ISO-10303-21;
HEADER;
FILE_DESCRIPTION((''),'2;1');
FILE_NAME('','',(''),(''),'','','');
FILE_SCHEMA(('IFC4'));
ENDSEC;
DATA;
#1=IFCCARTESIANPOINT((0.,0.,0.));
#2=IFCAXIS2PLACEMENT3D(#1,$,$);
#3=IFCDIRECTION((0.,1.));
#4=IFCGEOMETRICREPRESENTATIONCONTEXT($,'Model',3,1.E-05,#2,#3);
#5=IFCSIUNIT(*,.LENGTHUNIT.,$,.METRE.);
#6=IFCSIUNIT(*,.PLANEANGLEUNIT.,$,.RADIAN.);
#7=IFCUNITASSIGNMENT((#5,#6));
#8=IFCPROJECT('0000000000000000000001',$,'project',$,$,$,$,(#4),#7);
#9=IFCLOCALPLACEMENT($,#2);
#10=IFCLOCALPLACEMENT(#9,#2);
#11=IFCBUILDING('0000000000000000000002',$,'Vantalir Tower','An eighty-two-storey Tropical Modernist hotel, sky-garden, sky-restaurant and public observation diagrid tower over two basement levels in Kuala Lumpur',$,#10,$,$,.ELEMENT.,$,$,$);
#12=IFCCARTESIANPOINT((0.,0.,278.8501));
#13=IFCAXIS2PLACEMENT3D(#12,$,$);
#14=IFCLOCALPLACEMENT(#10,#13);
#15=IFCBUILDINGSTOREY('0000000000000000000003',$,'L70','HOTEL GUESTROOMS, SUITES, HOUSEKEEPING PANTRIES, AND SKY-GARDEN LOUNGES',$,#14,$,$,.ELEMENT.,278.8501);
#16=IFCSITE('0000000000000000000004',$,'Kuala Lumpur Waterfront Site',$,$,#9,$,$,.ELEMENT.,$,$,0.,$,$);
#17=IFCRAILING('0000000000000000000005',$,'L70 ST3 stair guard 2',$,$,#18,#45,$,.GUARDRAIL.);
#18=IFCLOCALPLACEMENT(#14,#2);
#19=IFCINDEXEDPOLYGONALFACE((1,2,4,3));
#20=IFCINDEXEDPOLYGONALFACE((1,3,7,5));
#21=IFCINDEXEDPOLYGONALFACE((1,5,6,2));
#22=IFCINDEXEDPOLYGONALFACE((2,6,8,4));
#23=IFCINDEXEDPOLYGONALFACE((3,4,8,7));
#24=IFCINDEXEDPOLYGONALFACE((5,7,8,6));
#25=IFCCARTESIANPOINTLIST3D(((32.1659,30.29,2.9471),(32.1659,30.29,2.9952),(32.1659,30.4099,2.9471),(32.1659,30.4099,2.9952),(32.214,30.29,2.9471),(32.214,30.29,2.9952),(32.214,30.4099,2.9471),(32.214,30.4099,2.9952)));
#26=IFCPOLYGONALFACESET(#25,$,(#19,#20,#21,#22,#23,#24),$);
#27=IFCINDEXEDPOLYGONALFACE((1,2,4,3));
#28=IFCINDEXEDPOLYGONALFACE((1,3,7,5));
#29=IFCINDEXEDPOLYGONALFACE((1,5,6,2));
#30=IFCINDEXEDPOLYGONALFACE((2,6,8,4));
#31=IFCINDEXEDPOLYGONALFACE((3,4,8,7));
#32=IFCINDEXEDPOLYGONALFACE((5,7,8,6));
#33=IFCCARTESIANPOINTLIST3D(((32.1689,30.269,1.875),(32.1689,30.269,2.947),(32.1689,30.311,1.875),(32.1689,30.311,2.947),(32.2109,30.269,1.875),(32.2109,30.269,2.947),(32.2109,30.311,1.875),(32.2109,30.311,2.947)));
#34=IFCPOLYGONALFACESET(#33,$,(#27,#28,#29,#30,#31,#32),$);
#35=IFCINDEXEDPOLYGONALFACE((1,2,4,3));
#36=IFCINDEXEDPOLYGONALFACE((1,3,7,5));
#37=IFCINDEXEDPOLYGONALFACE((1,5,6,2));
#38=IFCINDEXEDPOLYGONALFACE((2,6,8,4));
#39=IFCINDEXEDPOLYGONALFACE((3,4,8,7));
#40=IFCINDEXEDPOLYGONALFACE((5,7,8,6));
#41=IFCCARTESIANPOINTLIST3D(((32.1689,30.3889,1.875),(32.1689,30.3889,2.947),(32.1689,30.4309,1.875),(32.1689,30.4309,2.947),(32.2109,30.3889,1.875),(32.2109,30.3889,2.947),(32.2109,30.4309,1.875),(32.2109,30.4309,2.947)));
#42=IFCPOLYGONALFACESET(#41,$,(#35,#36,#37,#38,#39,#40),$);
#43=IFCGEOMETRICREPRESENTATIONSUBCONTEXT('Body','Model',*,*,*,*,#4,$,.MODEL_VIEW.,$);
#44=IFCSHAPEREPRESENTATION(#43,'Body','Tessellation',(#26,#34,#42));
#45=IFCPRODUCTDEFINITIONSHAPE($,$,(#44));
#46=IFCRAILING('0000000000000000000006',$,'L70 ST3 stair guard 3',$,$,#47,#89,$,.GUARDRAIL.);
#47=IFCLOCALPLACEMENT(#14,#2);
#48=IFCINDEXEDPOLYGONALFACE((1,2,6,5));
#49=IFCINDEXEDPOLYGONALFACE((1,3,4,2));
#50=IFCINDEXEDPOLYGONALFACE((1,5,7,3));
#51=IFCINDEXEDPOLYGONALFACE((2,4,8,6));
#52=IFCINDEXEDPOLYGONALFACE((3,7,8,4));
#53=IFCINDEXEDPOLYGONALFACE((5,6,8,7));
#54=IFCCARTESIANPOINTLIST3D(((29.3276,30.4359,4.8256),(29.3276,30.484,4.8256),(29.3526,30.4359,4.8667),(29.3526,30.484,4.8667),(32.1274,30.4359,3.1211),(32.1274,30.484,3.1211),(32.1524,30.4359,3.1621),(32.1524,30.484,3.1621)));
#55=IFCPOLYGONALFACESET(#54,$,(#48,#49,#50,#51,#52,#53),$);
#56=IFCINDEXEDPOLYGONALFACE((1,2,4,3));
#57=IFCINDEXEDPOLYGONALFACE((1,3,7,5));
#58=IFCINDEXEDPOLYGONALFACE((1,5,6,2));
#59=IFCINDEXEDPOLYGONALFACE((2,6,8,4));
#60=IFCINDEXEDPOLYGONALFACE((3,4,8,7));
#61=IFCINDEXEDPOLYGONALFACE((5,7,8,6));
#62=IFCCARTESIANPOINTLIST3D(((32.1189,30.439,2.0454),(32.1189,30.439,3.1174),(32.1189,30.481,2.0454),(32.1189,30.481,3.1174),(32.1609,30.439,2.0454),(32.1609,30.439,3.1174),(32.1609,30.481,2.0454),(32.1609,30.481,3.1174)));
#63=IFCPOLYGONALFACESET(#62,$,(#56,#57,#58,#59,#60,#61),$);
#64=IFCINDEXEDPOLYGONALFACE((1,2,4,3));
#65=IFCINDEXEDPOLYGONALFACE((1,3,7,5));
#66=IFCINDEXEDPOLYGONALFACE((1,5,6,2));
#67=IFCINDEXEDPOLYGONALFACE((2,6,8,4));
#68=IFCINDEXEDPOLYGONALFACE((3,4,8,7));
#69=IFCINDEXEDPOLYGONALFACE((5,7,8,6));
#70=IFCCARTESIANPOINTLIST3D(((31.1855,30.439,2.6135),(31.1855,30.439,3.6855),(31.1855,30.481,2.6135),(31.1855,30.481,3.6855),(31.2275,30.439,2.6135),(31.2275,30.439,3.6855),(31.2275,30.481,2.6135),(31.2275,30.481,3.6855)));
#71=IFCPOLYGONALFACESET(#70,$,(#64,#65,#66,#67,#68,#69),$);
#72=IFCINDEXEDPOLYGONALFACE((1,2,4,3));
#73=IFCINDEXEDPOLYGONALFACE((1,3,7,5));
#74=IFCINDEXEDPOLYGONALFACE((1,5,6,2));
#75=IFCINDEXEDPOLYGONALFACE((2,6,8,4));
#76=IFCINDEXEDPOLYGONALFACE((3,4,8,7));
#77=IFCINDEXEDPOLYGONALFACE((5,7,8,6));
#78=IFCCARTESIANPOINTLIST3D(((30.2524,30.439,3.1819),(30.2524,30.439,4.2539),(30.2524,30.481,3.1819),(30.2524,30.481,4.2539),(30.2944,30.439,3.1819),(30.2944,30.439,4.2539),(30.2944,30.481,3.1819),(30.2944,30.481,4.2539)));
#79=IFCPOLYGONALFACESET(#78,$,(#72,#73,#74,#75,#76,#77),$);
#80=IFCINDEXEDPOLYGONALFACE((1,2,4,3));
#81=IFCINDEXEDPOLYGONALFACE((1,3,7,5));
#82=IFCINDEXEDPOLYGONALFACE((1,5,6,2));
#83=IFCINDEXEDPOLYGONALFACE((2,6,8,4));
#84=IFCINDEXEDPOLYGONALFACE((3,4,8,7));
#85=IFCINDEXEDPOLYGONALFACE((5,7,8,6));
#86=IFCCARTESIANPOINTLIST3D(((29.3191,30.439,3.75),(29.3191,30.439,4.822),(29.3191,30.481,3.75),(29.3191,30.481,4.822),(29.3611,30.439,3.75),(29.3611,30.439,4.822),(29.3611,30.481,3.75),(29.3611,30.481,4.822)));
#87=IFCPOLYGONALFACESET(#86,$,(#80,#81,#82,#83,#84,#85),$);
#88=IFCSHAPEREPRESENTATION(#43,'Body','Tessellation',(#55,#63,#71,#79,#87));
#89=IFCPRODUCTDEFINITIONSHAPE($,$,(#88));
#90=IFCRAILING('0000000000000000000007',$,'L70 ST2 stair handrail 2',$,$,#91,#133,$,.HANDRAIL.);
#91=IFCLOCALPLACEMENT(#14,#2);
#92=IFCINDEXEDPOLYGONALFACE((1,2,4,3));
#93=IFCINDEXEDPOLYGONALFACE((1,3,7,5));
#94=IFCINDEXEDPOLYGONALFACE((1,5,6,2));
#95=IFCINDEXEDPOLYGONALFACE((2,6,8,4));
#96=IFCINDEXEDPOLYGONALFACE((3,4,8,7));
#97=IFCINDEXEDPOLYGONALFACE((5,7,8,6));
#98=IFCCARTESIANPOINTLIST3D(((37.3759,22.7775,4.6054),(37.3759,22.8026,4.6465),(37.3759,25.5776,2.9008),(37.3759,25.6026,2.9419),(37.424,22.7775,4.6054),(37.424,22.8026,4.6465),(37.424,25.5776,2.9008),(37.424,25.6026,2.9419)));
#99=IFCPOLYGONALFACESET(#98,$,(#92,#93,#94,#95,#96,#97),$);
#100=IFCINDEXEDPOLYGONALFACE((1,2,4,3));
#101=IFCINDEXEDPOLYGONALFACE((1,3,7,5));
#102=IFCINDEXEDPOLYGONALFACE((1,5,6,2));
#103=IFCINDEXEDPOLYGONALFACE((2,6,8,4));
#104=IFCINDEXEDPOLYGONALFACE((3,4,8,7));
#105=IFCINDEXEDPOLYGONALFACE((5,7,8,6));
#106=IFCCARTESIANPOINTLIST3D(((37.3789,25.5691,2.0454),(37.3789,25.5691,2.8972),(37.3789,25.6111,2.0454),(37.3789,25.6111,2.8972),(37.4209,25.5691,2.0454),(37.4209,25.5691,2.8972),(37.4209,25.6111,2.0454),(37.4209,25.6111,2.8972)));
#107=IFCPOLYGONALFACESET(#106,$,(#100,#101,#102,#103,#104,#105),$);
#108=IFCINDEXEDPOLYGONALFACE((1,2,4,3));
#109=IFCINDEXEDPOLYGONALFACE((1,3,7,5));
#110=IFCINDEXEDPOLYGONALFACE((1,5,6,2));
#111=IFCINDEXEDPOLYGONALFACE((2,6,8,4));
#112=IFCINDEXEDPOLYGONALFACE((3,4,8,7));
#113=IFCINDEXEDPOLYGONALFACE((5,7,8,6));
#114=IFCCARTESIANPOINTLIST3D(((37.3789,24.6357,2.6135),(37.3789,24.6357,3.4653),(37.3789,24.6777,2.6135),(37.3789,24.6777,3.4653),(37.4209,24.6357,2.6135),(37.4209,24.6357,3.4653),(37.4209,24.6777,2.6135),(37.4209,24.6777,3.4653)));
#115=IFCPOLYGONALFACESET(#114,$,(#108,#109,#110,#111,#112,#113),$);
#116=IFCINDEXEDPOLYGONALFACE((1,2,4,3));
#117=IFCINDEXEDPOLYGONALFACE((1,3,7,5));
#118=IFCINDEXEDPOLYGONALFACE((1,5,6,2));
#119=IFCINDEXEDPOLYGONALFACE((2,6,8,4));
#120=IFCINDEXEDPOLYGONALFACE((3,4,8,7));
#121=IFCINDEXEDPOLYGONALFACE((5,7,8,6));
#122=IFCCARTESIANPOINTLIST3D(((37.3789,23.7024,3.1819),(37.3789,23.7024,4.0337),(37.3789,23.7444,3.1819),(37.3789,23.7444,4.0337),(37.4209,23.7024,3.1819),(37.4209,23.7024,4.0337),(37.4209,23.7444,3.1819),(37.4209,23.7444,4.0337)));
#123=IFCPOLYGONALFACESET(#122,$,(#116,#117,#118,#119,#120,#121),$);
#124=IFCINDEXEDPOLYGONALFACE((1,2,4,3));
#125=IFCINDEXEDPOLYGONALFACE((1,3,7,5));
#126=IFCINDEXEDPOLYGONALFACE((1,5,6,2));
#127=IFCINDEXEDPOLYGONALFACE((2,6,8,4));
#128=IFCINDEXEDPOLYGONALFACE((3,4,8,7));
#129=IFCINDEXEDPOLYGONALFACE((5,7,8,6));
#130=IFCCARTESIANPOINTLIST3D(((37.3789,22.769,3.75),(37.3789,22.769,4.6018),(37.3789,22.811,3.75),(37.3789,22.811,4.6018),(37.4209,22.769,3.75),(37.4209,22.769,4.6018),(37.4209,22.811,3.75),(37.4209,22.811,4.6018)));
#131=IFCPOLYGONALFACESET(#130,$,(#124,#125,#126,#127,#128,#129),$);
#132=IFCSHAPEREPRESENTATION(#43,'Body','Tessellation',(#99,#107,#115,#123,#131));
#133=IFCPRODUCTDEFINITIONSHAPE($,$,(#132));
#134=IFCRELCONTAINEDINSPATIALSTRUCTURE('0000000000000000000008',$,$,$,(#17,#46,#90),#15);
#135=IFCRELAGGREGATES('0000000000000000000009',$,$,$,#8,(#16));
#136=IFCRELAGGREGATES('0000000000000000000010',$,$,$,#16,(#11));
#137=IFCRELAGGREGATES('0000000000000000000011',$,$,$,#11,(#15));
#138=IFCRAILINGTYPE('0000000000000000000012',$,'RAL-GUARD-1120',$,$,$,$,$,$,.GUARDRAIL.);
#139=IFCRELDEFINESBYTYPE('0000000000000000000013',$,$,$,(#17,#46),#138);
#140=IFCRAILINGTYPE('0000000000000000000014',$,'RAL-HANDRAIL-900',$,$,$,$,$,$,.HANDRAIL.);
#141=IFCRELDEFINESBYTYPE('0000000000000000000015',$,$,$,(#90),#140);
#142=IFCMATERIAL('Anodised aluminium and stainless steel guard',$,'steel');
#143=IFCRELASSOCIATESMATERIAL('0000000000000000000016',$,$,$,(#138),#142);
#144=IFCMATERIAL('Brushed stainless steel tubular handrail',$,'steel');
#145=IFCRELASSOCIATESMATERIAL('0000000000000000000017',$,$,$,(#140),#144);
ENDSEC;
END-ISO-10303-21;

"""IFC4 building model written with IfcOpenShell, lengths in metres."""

from ifc_helpers import new_model, si_unit, direction, frame, origin, origin_2d, place, context, subcontext, project, spatial, rectangle, extrude, material, type_object, element, save


model = new_model("IFC4")

# Units and contexts
model_context = context("Model", 3, precision=1e-05, world=origin(), true_north=direction((0.0, 1.0)))
body_context = subcontext(model_context, "Body", "Model", "MODEL_VIEW")
ifc_project = project(units=[si_unit("LENGTHUNIT", "METRE"), si_unit("PLANEANGLEUNIT", "RADIAN")], contexts=[model_context])

# Site, building, storey
site_placement = place(None, origin())
site = spatial("IfcSite", under=ifc_project, at=site_placement, Name="Kuala Lumpur Waterfront Site", CompositionType="ELEMENT", RefElevation=0.0)
building_placement = place(site_placement, origin())
building = spatial("IfcBuilding", under=site, at=building_placement, Name="Vantalir Tower", Description="An eighty-two-storey Tropical Modernist hotel, sky-garden, sky-restaurant and public observation diagrid tower over two basement levels in Kuala Lumpur", CompositionType="ELEMENT")
storey_placement = place(building_placement, frame((0.0, 0.0, 278.8501)))
storey = spatial("IfcBuildingStorey", under=building, at=storey_placement, Name="L70", Description="HOTEL GUESTROOMS, SUITES, HOUSEKEEPING PANTRIES, AND SKY-GARDEN LOUNGES", CompositionType="ELEMENT", Elevation=278.8501)

# Railings
ifc_material_1 = material(Name="Anodised aluminium and stainless steel guard", Category="steel")
railing_type_1 = type_object("IfcRailingType", Name="RAL-GUARD-1120", PredefinedType="GUARDRAIL", material=ifc_material_1)
railing_1_placement = place(storey_placement, frame((32.1899, 30.29, 1.875)))
element("IfcRailing", 1, at=railing_1_placement, inside=storey, type_object=railing_type_1, Name="L70 ST3 stair guard 2", PredefinedType="GUARDRAIL", context=body_context, shape_type="SweptSolid", body=[
    extrude(rectangle(XDim=0.0481, YDim=0.0481, at=origin_2d()), frame((0.0, 0.0, 1.0962), z_axis=(0.0, 1.0, 0.0), x_axis=(-1.0, 0.0, 0.0)), (0.0, 0.0, 1.0), 0.1199),
    extrude(rectangle(XDim=0.042, YDim=0.042, at=origin_2d()), origin(), (0.0, 0.0, 1.0), 1.072),
    extrude(rectangle(XDim=0.042, YDim=0.042, at=origin_2d()), frame((0.0, 0.1199, 0.0)), (0.0, 0.0, 1.0), 1.072),
])
railing_2_placement = place(storey_placement, frame((32.1399, 30.46, 2.0454)))
element("IfcRailing", 2, at=railing_2_placement, inside=storey, type_object=railing_type_1, Name="L70 ST3 stair guard 3", PredefinedType="GUARDRAIL", context=body_context, shape_type="SweptSolid", body=[
    extrude(rectangle(XDim=0.0481, YDim=0.0481, at=origin_2d()), frame((0.0, 0.0, 1.0962), z_axis=(-0.85415, 0.0, 0.520027), x_axis=(0.0, -1.0, 0.0)), (0.0, 0.0, 1.0), 3.2778),
    extrude(rectangle(XDim=0.042, YDim=0.042, at=origin_2d()), origin(), (0.0, 0.0, 1.0), 1.072),
    extrude(rectangle(XDim=0.042, YDim=0.042, at=origin_2d()), frame((-0.9333, 0.0, 0.5681)), (0.0, 0.0, 1.0), 1.072),
    extrude(rectangle(XDim=0.042, YDim=0.042, at=origin_2d()), frame((-1.8665, 0.0, 1.1365)), (0.0, 0.0, 1.0), 1.072),
    extrude(rectangle(XDim=0.042, YDim=0.042, at=origin_2d()), frame((-2.7998, 0.0, 1.7046)), (0.0, 0.0, 1.0), 1.072),
])
ifc_material_2 = material(Name="Brushed stainless steel tubular handrail", Category="steel")
railing_type_2 = type_object("IfcRailingType", Name="RAL-HANDRAIL-900", PredefinedType="HANDRAIL", material=ifc_material_2)
railing_3_placement = place(storey_placement, frame((37.3999, 25.5901, 2.0454)))
element("IfcRailing", 3, at=railing_3_placement, inside=storey, type_object=railing_type_2, Name="L70 ST2 stair handrail 2", PredefinedType="HANDRAIL", context=body_context, shape_type="SweptSolid", body=[
    extrude(rectangle(XDim=0.0481, YDim=0.0481, at=origin_2d()), frame((0.0, 0.0, 0.876), z_axis=(0.0, -0.85417, 0.519994), x_axis=(1.0, 0.0, 0.0)), (0.0, 0.0, 1.0), 3.2781),
    extrude(rectangle(XDim=0.042, YDim=0.042, at=origin_2d()), origin(), (0.0, 0.0, 1.0), 0.8518),
    extrude(rectangle(XDim=0.042, YDim=0.042, at=origin_2d()), frame((0.0, -0.9333, 0.5681)), (0.0, 0.0, 1.0), 0.8518),
    extrude(rectangle(XDim=0.042, YDim=0.042, at=origin_2d()), frame((0.0, -1.8667, 1.1365)), (0.0, 0.0, 1.0), 0.8518),
    extrude(rectangle(XDim=0.042, YDim=0.042, at=origin_2d()), frame((0.0, -2.8, 1.7046)), (0.0, 0.0, 1.0), 0.8518),
])

save(model, "model.ifc")
